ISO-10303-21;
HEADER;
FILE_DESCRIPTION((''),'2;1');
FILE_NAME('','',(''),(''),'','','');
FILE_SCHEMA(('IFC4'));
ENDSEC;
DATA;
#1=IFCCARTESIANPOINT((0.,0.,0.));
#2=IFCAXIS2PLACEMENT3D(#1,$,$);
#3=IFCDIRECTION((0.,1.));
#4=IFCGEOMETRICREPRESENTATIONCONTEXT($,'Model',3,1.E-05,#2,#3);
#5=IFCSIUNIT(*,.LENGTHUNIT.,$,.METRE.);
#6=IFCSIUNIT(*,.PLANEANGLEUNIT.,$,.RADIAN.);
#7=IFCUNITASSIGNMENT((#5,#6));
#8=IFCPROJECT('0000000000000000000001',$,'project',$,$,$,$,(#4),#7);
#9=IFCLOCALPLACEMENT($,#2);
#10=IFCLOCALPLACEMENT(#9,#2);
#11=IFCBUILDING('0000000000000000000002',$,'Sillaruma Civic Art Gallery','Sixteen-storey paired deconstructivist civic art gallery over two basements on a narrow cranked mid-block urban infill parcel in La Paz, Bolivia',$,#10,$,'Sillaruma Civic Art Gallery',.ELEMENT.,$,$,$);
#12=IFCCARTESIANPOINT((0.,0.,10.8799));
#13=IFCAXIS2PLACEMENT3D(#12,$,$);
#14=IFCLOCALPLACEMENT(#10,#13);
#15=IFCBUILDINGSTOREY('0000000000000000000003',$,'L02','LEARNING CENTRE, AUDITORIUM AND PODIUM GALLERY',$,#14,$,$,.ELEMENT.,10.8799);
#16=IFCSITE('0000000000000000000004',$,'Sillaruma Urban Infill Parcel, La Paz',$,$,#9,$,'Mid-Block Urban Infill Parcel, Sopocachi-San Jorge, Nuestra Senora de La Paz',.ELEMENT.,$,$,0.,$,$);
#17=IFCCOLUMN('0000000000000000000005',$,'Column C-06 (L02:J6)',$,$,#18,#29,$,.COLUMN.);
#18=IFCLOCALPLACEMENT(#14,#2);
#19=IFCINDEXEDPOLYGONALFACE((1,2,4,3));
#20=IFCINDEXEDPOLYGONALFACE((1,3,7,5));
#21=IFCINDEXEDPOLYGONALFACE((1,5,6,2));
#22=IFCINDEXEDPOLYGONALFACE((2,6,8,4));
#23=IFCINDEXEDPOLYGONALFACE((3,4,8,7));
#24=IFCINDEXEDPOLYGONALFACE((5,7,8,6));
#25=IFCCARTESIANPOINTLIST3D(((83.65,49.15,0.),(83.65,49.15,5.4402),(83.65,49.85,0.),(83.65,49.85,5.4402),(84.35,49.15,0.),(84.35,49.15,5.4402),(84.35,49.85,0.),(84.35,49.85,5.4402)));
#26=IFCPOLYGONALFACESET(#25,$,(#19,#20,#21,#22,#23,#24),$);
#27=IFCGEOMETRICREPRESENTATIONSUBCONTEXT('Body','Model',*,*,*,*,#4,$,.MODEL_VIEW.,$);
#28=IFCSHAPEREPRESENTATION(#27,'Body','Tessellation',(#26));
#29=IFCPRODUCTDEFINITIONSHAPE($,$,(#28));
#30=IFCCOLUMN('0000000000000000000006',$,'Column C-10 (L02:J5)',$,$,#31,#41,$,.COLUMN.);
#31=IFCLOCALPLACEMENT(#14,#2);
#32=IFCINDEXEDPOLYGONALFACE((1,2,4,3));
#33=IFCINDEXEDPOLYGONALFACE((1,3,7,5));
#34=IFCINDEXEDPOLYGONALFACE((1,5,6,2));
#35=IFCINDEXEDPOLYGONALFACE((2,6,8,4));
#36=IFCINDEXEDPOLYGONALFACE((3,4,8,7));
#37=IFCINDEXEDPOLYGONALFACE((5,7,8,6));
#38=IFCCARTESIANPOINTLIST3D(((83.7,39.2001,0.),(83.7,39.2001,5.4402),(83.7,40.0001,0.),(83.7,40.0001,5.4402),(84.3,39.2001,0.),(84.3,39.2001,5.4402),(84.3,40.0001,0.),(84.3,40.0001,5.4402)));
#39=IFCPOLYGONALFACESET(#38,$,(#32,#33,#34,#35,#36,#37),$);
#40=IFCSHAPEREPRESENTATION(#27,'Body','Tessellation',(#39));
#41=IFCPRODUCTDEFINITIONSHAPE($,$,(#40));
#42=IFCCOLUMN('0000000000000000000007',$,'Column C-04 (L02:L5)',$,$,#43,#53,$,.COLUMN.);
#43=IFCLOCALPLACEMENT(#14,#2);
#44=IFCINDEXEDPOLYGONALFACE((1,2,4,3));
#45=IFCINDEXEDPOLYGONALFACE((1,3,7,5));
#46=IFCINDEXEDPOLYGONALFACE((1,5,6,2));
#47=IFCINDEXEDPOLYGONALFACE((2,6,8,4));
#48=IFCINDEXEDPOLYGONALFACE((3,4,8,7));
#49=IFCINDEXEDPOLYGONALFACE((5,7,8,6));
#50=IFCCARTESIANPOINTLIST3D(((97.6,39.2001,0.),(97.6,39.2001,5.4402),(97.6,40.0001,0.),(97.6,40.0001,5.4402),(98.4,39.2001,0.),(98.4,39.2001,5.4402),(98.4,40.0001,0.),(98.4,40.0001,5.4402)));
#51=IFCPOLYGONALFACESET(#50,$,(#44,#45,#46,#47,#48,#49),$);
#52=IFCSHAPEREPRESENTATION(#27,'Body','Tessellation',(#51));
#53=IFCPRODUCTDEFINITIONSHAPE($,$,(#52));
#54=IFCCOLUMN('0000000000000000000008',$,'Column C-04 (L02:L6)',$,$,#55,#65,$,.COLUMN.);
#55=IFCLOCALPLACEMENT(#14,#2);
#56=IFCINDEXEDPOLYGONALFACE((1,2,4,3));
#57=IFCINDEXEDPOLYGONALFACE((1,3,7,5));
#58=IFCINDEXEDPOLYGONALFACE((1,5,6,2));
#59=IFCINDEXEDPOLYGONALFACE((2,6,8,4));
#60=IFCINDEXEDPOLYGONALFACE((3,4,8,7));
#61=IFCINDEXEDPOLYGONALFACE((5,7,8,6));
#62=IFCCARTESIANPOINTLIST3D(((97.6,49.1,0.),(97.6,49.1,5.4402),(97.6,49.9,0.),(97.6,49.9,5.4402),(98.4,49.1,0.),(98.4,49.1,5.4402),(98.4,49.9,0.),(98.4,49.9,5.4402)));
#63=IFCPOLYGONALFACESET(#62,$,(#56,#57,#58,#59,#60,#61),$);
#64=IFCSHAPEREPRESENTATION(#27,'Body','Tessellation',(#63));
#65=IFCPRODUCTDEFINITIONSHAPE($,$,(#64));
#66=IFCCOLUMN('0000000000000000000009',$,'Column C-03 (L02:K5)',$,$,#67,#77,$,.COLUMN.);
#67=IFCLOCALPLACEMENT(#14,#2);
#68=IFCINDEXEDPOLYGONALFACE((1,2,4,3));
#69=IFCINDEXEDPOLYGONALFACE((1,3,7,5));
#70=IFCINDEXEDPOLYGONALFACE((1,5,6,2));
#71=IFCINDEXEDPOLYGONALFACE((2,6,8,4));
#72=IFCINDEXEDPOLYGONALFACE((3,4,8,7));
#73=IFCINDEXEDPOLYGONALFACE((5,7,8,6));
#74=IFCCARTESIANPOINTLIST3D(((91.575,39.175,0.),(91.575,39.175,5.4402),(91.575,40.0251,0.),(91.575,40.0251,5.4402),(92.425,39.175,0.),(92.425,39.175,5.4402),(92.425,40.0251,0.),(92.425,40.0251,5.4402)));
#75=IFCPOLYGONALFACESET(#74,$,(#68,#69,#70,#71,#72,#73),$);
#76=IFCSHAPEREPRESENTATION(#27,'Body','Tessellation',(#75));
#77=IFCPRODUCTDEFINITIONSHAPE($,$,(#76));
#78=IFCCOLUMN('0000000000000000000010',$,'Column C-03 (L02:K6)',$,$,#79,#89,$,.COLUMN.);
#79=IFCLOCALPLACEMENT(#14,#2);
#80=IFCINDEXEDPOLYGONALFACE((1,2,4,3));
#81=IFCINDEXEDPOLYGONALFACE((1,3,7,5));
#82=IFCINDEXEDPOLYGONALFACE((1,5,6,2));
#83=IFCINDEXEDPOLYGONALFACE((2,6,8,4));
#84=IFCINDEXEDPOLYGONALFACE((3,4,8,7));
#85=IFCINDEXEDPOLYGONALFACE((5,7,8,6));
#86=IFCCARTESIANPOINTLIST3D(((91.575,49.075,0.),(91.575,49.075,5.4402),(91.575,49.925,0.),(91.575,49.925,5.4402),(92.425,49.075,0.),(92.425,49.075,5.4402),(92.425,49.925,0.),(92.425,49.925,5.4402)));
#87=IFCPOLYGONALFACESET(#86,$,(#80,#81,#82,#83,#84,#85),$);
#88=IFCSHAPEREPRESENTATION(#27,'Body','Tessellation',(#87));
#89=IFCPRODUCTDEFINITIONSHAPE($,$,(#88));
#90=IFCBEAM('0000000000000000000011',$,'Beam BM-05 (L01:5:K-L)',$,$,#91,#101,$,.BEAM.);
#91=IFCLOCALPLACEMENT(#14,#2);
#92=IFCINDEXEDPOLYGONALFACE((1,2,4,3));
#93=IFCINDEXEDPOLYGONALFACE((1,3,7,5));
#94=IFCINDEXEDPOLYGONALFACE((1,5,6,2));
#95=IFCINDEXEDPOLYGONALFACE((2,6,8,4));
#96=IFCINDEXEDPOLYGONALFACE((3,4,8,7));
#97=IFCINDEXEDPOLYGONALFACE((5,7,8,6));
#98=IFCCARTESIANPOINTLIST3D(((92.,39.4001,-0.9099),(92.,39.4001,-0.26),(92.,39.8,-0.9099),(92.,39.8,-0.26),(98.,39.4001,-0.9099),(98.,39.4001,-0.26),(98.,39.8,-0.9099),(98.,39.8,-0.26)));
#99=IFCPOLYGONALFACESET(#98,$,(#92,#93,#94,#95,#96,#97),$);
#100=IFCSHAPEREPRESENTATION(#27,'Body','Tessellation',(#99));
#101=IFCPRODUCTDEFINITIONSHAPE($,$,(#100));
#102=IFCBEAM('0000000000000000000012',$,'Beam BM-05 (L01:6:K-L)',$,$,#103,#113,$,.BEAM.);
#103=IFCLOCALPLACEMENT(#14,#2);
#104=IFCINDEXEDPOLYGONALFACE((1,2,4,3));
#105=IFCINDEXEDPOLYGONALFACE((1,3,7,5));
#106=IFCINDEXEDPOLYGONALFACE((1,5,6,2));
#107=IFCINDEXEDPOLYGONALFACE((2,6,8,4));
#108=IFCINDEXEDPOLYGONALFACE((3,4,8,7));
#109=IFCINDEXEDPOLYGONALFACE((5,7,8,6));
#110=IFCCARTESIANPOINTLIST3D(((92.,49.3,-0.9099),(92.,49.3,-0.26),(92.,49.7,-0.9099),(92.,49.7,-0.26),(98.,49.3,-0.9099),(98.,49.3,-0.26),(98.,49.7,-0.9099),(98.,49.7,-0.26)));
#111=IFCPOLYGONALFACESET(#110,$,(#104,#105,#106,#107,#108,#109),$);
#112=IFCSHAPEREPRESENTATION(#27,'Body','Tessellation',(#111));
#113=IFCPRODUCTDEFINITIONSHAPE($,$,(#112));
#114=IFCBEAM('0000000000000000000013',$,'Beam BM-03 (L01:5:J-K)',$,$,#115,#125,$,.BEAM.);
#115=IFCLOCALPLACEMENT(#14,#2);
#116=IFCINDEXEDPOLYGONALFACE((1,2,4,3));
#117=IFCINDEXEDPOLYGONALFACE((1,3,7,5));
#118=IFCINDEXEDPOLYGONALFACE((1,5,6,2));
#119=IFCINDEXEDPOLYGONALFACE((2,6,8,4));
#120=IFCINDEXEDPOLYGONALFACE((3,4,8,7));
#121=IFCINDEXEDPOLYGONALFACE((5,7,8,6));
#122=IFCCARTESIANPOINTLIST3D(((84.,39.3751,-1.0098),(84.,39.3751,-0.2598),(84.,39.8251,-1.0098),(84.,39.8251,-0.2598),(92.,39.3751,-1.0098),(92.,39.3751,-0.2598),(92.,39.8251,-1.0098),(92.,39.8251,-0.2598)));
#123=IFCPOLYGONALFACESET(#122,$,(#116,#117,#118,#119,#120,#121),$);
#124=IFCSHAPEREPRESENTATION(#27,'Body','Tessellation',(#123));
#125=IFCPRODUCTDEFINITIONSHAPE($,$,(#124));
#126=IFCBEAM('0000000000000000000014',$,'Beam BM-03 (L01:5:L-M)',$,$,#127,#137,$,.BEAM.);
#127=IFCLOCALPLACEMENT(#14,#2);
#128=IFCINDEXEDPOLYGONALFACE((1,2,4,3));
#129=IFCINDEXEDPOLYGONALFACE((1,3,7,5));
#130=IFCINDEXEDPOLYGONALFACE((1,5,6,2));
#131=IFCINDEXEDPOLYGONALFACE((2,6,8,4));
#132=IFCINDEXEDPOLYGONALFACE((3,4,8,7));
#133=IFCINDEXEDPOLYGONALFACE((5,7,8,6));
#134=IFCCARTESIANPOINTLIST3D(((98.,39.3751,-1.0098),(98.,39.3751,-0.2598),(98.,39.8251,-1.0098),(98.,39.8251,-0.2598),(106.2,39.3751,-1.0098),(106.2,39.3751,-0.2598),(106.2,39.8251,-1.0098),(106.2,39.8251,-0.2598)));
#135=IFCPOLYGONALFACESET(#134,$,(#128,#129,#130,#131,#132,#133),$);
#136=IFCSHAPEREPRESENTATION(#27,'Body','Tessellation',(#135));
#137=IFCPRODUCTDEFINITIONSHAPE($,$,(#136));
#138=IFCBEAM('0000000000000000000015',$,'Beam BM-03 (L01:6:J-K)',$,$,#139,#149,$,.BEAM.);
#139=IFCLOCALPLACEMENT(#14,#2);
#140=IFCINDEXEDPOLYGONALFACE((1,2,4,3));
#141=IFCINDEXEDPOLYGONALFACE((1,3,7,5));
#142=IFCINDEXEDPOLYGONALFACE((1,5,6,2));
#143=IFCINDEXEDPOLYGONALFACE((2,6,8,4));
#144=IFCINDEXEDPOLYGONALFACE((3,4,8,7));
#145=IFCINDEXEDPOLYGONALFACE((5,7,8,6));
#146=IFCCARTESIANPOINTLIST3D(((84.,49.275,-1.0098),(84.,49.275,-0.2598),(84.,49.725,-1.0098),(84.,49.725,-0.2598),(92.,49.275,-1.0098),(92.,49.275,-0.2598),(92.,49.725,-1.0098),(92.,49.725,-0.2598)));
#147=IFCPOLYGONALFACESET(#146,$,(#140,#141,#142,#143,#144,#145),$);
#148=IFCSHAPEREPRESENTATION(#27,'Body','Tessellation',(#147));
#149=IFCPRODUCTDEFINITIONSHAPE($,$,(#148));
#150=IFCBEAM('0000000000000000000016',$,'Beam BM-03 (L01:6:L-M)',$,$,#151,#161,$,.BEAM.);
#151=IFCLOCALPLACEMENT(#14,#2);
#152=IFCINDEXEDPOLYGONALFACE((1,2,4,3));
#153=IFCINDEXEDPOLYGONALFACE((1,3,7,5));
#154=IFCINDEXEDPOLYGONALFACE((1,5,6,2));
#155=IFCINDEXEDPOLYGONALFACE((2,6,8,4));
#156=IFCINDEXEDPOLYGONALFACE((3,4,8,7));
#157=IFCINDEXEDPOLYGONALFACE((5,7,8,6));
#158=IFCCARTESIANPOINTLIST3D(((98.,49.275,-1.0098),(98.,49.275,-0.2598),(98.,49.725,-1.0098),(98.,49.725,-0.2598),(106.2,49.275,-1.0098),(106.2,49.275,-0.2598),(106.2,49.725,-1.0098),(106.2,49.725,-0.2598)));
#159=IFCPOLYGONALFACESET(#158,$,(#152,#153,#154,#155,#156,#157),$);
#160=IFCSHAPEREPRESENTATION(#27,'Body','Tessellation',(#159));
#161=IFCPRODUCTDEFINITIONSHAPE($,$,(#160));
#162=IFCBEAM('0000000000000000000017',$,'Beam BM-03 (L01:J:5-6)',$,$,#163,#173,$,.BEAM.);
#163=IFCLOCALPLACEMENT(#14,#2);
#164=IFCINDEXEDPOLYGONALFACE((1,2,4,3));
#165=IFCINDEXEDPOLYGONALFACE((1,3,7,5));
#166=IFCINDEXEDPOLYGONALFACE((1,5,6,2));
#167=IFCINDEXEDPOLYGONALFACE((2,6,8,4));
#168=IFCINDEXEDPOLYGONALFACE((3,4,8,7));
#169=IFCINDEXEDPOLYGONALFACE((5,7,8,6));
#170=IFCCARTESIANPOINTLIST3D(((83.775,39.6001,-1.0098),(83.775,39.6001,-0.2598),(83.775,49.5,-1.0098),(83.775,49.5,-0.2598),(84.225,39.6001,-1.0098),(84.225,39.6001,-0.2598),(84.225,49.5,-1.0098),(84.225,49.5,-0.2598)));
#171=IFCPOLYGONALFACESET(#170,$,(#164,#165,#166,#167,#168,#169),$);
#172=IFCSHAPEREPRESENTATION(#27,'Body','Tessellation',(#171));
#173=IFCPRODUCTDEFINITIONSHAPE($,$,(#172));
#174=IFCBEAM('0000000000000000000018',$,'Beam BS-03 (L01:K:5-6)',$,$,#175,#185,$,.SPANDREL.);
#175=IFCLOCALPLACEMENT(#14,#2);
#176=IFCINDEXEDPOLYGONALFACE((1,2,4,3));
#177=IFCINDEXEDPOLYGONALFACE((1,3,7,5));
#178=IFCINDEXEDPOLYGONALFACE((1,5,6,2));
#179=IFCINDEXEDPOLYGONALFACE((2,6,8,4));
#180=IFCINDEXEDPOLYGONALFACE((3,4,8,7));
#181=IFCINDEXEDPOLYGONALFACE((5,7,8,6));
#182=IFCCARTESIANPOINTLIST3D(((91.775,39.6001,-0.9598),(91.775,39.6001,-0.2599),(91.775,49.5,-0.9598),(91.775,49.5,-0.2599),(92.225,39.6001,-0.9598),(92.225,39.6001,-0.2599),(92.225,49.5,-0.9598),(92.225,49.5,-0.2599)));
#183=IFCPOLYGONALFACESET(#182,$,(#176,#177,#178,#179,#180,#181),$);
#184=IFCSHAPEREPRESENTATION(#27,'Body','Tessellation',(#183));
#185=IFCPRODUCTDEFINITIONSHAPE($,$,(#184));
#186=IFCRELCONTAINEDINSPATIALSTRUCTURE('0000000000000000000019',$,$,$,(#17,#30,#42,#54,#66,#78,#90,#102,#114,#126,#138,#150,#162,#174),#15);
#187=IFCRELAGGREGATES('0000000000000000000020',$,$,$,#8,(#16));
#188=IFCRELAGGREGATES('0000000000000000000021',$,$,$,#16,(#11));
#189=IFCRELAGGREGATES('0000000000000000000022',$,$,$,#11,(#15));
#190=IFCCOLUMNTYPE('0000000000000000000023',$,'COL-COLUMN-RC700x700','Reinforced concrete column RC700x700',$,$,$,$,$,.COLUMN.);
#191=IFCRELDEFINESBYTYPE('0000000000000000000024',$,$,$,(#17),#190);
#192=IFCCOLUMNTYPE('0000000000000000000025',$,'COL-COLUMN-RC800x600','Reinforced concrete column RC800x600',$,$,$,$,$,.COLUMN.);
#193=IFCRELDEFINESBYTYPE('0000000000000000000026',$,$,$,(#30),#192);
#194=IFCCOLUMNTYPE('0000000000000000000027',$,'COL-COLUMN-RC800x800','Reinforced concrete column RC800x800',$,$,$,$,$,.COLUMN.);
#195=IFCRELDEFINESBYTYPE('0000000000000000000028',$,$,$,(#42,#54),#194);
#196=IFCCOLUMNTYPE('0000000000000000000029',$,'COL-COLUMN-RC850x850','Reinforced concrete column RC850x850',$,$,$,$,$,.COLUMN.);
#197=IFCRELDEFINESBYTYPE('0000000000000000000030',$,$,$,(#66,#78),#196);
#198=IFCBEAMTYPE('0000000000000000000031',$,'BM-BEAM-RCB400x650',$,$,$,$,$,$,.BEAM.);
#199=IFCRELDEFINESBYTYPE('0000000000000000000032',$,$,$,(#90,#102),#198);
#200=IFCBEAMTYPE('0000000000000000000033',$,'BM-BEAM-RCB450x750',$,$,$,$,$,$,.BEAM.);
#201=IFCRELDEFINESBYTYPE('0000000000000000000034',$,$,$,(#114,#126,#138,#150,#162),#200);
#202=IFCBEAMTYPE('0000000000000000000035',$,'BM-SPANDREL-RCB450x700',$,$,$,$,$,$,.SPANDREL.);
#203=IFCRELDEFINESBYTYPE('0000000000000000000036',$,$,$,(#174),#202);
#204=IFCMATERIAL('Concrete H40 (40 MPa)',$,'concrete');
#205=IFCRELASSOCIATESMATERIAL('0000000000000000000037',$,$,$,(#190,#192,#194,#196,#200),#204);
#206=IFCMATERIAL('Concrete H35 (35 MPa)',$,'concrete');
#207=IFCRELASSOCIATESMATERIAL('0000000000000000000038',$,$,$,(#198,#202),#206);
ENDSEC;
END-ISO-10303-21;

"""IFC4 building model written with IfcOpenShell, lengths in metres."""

from ifc_helpers import new_model, si_unit, direction, frame, origin, origin_2d, place, context, subcontext, project, spatial, rectangle, extrude, material, material_profile, profile_set, type_object, element, save


model = new_model("IFC4")

# Units and contexts
model_context = context("Model", 3, precision=1e-05, world=origin(), true_north=direction((0.0, 1.0)))
body_context = subcontext(model_context, "Body", "Model", "MODEL_VIEW")
ifc_project = project(units=[si_unit("LENGTHUNIT", "METRE"), si_unit("PLANEANGLEUNIT", "RADIAN")], contexts=[model_context])

# Site, building, storey
site_placement = place(None, origin())
site = spatial("IfcSite", under=ifc_project, at=site_placement, Name="Sillaruma Urban Infill Parcel, La Paz", LongName="Mid-Block Urban Infill Parcel, Sopocachi-San Jorge, Nuestra Senora de La Paz", CompositionType="ELEMENT", RefElevation=0.0)
building_placement = place(site_placement, origin())
building = spatial("IfcBuilding", under=site, at=building_placement, Name="Sillaruma Civic Art Gallery", Description="Sixteen-storey paired deconstructivist civic art gallery over two basements on a narrow cranked mid-block urban infill parcel in La Paz, Bolivia", LongName="Sillaruma Civic Art Gallery", CompositionType="ELEMENT")
storey_placement = place(building_placement, frame((0.0, 0.0, 10.8799)))
storey = spatial("IfcBuildingStorey", under=building, at=storey_placement, Name="L02", Description="LEARNING CENTRE, AUDITORIUM AND PODIUM GALLERY", CompositionType="ELEMENT", Elevation=10.8799)

# Columns
ifc_material_1 = material(Name="Concrete H40 (40 MPa)", Category="concrete")
ifc_material_profile_1 = material_profile(ifc_material_1, rectangle(XDim=0.7, YDim=0.7, at=origin_2d()), Name="RC700x700")
ifc_profile_set_1 = profile_set([ifc_material_profile_1], Name="Concrete H40 (40 MPa)")
column_type_1 = type_object("IfcColumnType", Name="COL-COLUMN-RC700x700", Description="Reinforced concrete column RC700x700", PredefinedType="COLUMN", material=ifc_profile_set_1)
column_1_placement = place(storey_placement, frame((84.0, 49.5, 0.0), z_axis=(0.0, 0.0, 1.0), x_axis=(1.0, 0.0, 0.0)))
element("IfcColumn", 1, at=column_1_placement, inside=storey, type_object=column_type_1, Name="Column C-06 (L02:J6)", PredefinedType="COLUMN", context=body_context, shape_type="SweptSolid", body=[
    extrude(rectangle(XDim=0.7, YDim=0.7, at=origin_2d()), origin(), (0.0, 0.0, 1.0), 5.4402),
])
ifc_material_profile_2 = material_profile(ifc_material_1, rectangle(XDim=0.6001, YDim=0.8, at=origin_2d()), Name="RC800x600")
ifc_profile_set_2 = profile_set([ifc_material_profile_2], Name="Concrete H40 (40 MPa)")
column_type_2 = type_object("IfcColumnType", Name="COL-COLUMN-RC800x600", Description="Reinforced concrete column RC800x600", PredefinedType="COLUMN", material=ifc_profile_set_2)
column_2_placement = place(storey_placement, frame((84.0, 39.6001, 0.0), z_axis=(0.0, 0.0, 1.0), x_axis=(1.0, 0.0, 0.0)))
element("IfcColumn", 2, at=column_2_placement, inside=storey, type_object=column_type_2, Name="Column C-10 (L02:J5)", PredefinedType="COLUMN", context=body_context, shape_type="SweptSolid", body=[
    extrude(rectangle(XDim=0.6001, YDim=0.8, at=origin_2d()), origin(), (0.0, 0.0, 1.0), 5.4402),
])
ifc_material_profile_3 = material_profile(ifc_material_1, rectangle(XDim=0.8, YDim=0.8, at=origin_2d()), Name="RC800x800")
ifc_profile_set_3 = profile_set([ifc_material_profile_3], Name="Concrete H40 (40 MPa)")
column_type_3 = type_object("IfcColumnType", Name="COL-COLUMN-RC800x800", Description="Reinforced concrete column RC800x800", PredefinedType="COLUMN", material=ifc_profile_set_3)
for number, where, z_axis, x_axis, name in (
    (3, (98.0, 39.6001, 0.0), (0.0, 0.0, 1.0), (1.0, 0.0, 0.0), "Column C-04 (L02:L5)"),
    (4, (98.0, 49.5, 0.0), (0.0, 0.0, 1.0), (1.0, 0.0, 0.0), "Column C-04 (L02:L6)"),
):
    element("IfcColumn", number, at=place(storey_placement, frame(where, z_axis=z_axis, x_axis=x_axis)), inside=storey, type_object=column_type_3, Name=name, PredefinedType="COLUMN", context=body_context, shape_type="SweptSolid", body=[
        extrude(rectangle(XDim=0.8, YDim=0.8, at=origin_2d()), origin(), (0.0, 0.0, 1.0), 5.4402),
    ])
ifc_material_profile_4 = material_profile(ifc_material_1, rectangle(XDim=0.8501, YDim=0.8501, at=origin_2d()), Name="RC850x850")
ifc_profile_set_4 = profile_set([ifc_material_profile_4], Name="Concrete H40 (40 MPa)")
column_type_4 = type_object("IfcColumnType", Name="COL-COLUMN-RC850x850", Description="Reinforced concrete column RC850x850", PredefinedType="COLUMN", material=ifc_profile_set_4)
for number, where, z_axis, x_axis, name in (
    (5, (92.0, 39.6001, 0.0), (0.0, 0.0, 1.0), (1.0, 0.0, 0.0), "Column C-03 (L02:K5)"),
    (6, (92.0, 49.5, 0.0), (0.0, 0.0, 1.0), (1.0, 0.0, 0.0), "Column C-03 (L02:K6)"),
):
    element("IfcColumn", number, at=place(storey_placement, frame(where, z_axis=z_axis, x_axis=x_axis)), inside=storey, type_object=column_type_4, Name=name, PredefinedType="COLUMN", context=body_context, shape_type="SweptSolid", body=[
        extrude(rectangle(XDim=0.8501, YDim=0.8501, at=origin_2d()), origin(), (0.0, 0.0, 1.0), 5.4402),
    ])

# Beams
ifc_material_2 = material(Name="Concrete H35 (35 MPa)", Category="concrete")
ifc_material_profile_5 = material_profile(ifc_material_2, rectangle(XDim=0.3999, YDim=0.6499, at=origin_2d()), Name="RCB400x650")
ifc_profile_set_5 = profile_set([ifc_material_profile_5], Name="Concrete H35 (35 MPa)")
beam_type_1 = type_object("IfcBeamType", Name="BM-BEAM-RCB400x650", PredefinedType="BEAM", material=ifc_profile_set_5)
for number, where, z_axis, x_axis, name in (
    (7, (92.0, 39.6001, -0.585), (1.0, 0.0, 0.0), (0.0, 1.0, 0.0), "Beam BM-05 (L01:5:K-L)"),
    (8, (92.0, 49.5, -0.585), (1.0, 0.0, 0.0), (0.0, 1.0, 0.0), "Beam BM-05 (L01:6:K-L)"),
):
    element("IfcBeam", number, at=place(storey_placement, frame(where, z_axis=z_axis, x_axis=x_axis)), inside=storey, type_object=beam_type_1, Name=name, PredefinedType="BEAM", context=body_context, shape_type="SweptSolid", body=[
        extrude(rectangle(XDim=0.3999, YDim=0.6499, at=origin_2d()), origin(), (0.0, 0.0, 1.0), 6.0),
    ])
ifc_material_profile_6 = material_profile(ifc_material_1, rectangle(XDim=0.45, YDim=0.75, at=origin_2d()), Name="RCB450x750")
ifc_profile_set_6 = profile_set([ifc_material_profile_6], Name="Concrete H40 (40 MPa)")
beam_type_2 = type_object("IfcBeamType", Name="BM-BEAM-RCB450x750", PredefinedType="BEAM", material=ifc_profile_set_6)
beam_1_placement = place(storey_placement, frame((84.0, 39.6001, -0.6348), z_axis=(1.0, 0.0, 0.0), x_axis=(0.0, 1.0, 0.0)))
element("IfcBeam", 9, at=beam_1_placement, inside=storey, type_object=beam_type_2, Name="Beam BM-03 (L01:5:J-K)", PredefinedType="BEAM", context=body_context, shape_type="SweptSolid", body=[
    extrude(rectangle(XDim=0.45, YDim=0.75, at=origin_2d()), origin(), (0.0, 0.0, 1.0), 8.0),
])
beam_2_placement = place(storey_placement, frame((98.0, 39.6001, -0.6348), z_axis=(1.0, 0.0, 0.0), x_axis=(0.0, 1.0, 0.0)))
element("IfcBeam", 10, at=beam_2_placement, inside=storey, type_object=beam_type_2, Name="Beam BM-03 (L01:5:L-M)", PredefinedType="BEAM", context=body_context, shape_type="SweptSolid", body=[
    extrude(rectangle(XDim=0.45, YDim=0.75, at=origin_2d()), origin(), (0.0, 0.0, 1.0), 8.2),
])
beam_3_placement = place(storey_placement, frame((84.0, 49.5, -0.6348), z_axis=(1.0, 0.0, 0.0), x_axis=(0.0, 1.0, 0.0)))
element("IfcBeam", 11, at=beam_3_placement, inside=storey, type_object=beam_type_2, Name="Beam BM-03 (L01:6:J-K)", PredefinedType="BEAM", context=body_context, shape_type="SweptSolid", body=[
    extrude(rectangle(XDim=0.45, YDim=0.75, at=origin_2d()), origin(), (0.0, 0.0, 1.0), 8.0),
])
beam_4_placement = place(storey_placement, frame((98.0, 49.5, -0.6348), z_axis=(1.0, 0.0, 0.0), x_axis=(0.0, 1.0, 0.0)))
element("IfcBeam", 12, at=beam_4_placement, inside=storey, type_object=beam_type_2, Name="Beam BM-03 (L01:6:L-M)", PredefinedType="BEAM", context=body_context, shape_type="SweptSolid", body=[
    extrude(rectangle(XDim=0.45, YDim=0.75, at=origin_2d()), origin(), (0.0, 0.0, 1.0), 8.2),
])
beam_5_placement = place(storey_placement, frame((84.0, 39.6001, -0.6348), z_axis=(0.0, 1.0, 0.0), x_axis=(-1.0, 0.0, 0.0)))
element("IfcBeam", 13, at=beam_5_placement, inside=storey, type_object=beam_type_2, Name="Beam BM-03 (L01:J:5-6)", PredefinedType="BEAM", context=body_context, shape_type="SweptSolid", body=[
    extrude(rectangle(XDim=0.45, YDim=0.75, at=origin_2d()), origin(), (0.0, 0.0, 1.0), 9.8999),
])
ifc_material_profile_7 = material_profile(ifc_material_2, rectangle(XDim=0.45, YDim=0.7, at=origin_2d()), Name="RCB450x700")
ifc_profile_set_7 = profile_set([ifc_material_profile_7], Name="Concrete H35 (35 MPa)")
beam_type_3 = type_object("IfcBeamType", Name="BM-SPANDREL-RCB450x700", PredefinedType="SPANDREL", material=ifc_profile_set_7)
for number, where, z_axis, x_axis, name in (
    (14, (92.0, 39.6001, -0.6099), (0.0, 1.0, 0.0), (-1.0, 0.0, 0.0), "Beam BS-03 (L01:K:5-6)"),
):
    element("IfcBeam", number, at=place(storey_placement, frame(where, z_axis=z_axis, x_axis=x_axis)), inside=storey, type_object=beam_type_3, Name=name, PredefinedType="SPANDREL", context=body_context, shape_type="SweptSolid", body=[
        extrude(rectangle(XDim=0.45, YDim=0.7, at=origin_2d()), origin(), (0.0, 0.0, 1.0), 9.8999),
    ])

save(model, "model.ifc")
